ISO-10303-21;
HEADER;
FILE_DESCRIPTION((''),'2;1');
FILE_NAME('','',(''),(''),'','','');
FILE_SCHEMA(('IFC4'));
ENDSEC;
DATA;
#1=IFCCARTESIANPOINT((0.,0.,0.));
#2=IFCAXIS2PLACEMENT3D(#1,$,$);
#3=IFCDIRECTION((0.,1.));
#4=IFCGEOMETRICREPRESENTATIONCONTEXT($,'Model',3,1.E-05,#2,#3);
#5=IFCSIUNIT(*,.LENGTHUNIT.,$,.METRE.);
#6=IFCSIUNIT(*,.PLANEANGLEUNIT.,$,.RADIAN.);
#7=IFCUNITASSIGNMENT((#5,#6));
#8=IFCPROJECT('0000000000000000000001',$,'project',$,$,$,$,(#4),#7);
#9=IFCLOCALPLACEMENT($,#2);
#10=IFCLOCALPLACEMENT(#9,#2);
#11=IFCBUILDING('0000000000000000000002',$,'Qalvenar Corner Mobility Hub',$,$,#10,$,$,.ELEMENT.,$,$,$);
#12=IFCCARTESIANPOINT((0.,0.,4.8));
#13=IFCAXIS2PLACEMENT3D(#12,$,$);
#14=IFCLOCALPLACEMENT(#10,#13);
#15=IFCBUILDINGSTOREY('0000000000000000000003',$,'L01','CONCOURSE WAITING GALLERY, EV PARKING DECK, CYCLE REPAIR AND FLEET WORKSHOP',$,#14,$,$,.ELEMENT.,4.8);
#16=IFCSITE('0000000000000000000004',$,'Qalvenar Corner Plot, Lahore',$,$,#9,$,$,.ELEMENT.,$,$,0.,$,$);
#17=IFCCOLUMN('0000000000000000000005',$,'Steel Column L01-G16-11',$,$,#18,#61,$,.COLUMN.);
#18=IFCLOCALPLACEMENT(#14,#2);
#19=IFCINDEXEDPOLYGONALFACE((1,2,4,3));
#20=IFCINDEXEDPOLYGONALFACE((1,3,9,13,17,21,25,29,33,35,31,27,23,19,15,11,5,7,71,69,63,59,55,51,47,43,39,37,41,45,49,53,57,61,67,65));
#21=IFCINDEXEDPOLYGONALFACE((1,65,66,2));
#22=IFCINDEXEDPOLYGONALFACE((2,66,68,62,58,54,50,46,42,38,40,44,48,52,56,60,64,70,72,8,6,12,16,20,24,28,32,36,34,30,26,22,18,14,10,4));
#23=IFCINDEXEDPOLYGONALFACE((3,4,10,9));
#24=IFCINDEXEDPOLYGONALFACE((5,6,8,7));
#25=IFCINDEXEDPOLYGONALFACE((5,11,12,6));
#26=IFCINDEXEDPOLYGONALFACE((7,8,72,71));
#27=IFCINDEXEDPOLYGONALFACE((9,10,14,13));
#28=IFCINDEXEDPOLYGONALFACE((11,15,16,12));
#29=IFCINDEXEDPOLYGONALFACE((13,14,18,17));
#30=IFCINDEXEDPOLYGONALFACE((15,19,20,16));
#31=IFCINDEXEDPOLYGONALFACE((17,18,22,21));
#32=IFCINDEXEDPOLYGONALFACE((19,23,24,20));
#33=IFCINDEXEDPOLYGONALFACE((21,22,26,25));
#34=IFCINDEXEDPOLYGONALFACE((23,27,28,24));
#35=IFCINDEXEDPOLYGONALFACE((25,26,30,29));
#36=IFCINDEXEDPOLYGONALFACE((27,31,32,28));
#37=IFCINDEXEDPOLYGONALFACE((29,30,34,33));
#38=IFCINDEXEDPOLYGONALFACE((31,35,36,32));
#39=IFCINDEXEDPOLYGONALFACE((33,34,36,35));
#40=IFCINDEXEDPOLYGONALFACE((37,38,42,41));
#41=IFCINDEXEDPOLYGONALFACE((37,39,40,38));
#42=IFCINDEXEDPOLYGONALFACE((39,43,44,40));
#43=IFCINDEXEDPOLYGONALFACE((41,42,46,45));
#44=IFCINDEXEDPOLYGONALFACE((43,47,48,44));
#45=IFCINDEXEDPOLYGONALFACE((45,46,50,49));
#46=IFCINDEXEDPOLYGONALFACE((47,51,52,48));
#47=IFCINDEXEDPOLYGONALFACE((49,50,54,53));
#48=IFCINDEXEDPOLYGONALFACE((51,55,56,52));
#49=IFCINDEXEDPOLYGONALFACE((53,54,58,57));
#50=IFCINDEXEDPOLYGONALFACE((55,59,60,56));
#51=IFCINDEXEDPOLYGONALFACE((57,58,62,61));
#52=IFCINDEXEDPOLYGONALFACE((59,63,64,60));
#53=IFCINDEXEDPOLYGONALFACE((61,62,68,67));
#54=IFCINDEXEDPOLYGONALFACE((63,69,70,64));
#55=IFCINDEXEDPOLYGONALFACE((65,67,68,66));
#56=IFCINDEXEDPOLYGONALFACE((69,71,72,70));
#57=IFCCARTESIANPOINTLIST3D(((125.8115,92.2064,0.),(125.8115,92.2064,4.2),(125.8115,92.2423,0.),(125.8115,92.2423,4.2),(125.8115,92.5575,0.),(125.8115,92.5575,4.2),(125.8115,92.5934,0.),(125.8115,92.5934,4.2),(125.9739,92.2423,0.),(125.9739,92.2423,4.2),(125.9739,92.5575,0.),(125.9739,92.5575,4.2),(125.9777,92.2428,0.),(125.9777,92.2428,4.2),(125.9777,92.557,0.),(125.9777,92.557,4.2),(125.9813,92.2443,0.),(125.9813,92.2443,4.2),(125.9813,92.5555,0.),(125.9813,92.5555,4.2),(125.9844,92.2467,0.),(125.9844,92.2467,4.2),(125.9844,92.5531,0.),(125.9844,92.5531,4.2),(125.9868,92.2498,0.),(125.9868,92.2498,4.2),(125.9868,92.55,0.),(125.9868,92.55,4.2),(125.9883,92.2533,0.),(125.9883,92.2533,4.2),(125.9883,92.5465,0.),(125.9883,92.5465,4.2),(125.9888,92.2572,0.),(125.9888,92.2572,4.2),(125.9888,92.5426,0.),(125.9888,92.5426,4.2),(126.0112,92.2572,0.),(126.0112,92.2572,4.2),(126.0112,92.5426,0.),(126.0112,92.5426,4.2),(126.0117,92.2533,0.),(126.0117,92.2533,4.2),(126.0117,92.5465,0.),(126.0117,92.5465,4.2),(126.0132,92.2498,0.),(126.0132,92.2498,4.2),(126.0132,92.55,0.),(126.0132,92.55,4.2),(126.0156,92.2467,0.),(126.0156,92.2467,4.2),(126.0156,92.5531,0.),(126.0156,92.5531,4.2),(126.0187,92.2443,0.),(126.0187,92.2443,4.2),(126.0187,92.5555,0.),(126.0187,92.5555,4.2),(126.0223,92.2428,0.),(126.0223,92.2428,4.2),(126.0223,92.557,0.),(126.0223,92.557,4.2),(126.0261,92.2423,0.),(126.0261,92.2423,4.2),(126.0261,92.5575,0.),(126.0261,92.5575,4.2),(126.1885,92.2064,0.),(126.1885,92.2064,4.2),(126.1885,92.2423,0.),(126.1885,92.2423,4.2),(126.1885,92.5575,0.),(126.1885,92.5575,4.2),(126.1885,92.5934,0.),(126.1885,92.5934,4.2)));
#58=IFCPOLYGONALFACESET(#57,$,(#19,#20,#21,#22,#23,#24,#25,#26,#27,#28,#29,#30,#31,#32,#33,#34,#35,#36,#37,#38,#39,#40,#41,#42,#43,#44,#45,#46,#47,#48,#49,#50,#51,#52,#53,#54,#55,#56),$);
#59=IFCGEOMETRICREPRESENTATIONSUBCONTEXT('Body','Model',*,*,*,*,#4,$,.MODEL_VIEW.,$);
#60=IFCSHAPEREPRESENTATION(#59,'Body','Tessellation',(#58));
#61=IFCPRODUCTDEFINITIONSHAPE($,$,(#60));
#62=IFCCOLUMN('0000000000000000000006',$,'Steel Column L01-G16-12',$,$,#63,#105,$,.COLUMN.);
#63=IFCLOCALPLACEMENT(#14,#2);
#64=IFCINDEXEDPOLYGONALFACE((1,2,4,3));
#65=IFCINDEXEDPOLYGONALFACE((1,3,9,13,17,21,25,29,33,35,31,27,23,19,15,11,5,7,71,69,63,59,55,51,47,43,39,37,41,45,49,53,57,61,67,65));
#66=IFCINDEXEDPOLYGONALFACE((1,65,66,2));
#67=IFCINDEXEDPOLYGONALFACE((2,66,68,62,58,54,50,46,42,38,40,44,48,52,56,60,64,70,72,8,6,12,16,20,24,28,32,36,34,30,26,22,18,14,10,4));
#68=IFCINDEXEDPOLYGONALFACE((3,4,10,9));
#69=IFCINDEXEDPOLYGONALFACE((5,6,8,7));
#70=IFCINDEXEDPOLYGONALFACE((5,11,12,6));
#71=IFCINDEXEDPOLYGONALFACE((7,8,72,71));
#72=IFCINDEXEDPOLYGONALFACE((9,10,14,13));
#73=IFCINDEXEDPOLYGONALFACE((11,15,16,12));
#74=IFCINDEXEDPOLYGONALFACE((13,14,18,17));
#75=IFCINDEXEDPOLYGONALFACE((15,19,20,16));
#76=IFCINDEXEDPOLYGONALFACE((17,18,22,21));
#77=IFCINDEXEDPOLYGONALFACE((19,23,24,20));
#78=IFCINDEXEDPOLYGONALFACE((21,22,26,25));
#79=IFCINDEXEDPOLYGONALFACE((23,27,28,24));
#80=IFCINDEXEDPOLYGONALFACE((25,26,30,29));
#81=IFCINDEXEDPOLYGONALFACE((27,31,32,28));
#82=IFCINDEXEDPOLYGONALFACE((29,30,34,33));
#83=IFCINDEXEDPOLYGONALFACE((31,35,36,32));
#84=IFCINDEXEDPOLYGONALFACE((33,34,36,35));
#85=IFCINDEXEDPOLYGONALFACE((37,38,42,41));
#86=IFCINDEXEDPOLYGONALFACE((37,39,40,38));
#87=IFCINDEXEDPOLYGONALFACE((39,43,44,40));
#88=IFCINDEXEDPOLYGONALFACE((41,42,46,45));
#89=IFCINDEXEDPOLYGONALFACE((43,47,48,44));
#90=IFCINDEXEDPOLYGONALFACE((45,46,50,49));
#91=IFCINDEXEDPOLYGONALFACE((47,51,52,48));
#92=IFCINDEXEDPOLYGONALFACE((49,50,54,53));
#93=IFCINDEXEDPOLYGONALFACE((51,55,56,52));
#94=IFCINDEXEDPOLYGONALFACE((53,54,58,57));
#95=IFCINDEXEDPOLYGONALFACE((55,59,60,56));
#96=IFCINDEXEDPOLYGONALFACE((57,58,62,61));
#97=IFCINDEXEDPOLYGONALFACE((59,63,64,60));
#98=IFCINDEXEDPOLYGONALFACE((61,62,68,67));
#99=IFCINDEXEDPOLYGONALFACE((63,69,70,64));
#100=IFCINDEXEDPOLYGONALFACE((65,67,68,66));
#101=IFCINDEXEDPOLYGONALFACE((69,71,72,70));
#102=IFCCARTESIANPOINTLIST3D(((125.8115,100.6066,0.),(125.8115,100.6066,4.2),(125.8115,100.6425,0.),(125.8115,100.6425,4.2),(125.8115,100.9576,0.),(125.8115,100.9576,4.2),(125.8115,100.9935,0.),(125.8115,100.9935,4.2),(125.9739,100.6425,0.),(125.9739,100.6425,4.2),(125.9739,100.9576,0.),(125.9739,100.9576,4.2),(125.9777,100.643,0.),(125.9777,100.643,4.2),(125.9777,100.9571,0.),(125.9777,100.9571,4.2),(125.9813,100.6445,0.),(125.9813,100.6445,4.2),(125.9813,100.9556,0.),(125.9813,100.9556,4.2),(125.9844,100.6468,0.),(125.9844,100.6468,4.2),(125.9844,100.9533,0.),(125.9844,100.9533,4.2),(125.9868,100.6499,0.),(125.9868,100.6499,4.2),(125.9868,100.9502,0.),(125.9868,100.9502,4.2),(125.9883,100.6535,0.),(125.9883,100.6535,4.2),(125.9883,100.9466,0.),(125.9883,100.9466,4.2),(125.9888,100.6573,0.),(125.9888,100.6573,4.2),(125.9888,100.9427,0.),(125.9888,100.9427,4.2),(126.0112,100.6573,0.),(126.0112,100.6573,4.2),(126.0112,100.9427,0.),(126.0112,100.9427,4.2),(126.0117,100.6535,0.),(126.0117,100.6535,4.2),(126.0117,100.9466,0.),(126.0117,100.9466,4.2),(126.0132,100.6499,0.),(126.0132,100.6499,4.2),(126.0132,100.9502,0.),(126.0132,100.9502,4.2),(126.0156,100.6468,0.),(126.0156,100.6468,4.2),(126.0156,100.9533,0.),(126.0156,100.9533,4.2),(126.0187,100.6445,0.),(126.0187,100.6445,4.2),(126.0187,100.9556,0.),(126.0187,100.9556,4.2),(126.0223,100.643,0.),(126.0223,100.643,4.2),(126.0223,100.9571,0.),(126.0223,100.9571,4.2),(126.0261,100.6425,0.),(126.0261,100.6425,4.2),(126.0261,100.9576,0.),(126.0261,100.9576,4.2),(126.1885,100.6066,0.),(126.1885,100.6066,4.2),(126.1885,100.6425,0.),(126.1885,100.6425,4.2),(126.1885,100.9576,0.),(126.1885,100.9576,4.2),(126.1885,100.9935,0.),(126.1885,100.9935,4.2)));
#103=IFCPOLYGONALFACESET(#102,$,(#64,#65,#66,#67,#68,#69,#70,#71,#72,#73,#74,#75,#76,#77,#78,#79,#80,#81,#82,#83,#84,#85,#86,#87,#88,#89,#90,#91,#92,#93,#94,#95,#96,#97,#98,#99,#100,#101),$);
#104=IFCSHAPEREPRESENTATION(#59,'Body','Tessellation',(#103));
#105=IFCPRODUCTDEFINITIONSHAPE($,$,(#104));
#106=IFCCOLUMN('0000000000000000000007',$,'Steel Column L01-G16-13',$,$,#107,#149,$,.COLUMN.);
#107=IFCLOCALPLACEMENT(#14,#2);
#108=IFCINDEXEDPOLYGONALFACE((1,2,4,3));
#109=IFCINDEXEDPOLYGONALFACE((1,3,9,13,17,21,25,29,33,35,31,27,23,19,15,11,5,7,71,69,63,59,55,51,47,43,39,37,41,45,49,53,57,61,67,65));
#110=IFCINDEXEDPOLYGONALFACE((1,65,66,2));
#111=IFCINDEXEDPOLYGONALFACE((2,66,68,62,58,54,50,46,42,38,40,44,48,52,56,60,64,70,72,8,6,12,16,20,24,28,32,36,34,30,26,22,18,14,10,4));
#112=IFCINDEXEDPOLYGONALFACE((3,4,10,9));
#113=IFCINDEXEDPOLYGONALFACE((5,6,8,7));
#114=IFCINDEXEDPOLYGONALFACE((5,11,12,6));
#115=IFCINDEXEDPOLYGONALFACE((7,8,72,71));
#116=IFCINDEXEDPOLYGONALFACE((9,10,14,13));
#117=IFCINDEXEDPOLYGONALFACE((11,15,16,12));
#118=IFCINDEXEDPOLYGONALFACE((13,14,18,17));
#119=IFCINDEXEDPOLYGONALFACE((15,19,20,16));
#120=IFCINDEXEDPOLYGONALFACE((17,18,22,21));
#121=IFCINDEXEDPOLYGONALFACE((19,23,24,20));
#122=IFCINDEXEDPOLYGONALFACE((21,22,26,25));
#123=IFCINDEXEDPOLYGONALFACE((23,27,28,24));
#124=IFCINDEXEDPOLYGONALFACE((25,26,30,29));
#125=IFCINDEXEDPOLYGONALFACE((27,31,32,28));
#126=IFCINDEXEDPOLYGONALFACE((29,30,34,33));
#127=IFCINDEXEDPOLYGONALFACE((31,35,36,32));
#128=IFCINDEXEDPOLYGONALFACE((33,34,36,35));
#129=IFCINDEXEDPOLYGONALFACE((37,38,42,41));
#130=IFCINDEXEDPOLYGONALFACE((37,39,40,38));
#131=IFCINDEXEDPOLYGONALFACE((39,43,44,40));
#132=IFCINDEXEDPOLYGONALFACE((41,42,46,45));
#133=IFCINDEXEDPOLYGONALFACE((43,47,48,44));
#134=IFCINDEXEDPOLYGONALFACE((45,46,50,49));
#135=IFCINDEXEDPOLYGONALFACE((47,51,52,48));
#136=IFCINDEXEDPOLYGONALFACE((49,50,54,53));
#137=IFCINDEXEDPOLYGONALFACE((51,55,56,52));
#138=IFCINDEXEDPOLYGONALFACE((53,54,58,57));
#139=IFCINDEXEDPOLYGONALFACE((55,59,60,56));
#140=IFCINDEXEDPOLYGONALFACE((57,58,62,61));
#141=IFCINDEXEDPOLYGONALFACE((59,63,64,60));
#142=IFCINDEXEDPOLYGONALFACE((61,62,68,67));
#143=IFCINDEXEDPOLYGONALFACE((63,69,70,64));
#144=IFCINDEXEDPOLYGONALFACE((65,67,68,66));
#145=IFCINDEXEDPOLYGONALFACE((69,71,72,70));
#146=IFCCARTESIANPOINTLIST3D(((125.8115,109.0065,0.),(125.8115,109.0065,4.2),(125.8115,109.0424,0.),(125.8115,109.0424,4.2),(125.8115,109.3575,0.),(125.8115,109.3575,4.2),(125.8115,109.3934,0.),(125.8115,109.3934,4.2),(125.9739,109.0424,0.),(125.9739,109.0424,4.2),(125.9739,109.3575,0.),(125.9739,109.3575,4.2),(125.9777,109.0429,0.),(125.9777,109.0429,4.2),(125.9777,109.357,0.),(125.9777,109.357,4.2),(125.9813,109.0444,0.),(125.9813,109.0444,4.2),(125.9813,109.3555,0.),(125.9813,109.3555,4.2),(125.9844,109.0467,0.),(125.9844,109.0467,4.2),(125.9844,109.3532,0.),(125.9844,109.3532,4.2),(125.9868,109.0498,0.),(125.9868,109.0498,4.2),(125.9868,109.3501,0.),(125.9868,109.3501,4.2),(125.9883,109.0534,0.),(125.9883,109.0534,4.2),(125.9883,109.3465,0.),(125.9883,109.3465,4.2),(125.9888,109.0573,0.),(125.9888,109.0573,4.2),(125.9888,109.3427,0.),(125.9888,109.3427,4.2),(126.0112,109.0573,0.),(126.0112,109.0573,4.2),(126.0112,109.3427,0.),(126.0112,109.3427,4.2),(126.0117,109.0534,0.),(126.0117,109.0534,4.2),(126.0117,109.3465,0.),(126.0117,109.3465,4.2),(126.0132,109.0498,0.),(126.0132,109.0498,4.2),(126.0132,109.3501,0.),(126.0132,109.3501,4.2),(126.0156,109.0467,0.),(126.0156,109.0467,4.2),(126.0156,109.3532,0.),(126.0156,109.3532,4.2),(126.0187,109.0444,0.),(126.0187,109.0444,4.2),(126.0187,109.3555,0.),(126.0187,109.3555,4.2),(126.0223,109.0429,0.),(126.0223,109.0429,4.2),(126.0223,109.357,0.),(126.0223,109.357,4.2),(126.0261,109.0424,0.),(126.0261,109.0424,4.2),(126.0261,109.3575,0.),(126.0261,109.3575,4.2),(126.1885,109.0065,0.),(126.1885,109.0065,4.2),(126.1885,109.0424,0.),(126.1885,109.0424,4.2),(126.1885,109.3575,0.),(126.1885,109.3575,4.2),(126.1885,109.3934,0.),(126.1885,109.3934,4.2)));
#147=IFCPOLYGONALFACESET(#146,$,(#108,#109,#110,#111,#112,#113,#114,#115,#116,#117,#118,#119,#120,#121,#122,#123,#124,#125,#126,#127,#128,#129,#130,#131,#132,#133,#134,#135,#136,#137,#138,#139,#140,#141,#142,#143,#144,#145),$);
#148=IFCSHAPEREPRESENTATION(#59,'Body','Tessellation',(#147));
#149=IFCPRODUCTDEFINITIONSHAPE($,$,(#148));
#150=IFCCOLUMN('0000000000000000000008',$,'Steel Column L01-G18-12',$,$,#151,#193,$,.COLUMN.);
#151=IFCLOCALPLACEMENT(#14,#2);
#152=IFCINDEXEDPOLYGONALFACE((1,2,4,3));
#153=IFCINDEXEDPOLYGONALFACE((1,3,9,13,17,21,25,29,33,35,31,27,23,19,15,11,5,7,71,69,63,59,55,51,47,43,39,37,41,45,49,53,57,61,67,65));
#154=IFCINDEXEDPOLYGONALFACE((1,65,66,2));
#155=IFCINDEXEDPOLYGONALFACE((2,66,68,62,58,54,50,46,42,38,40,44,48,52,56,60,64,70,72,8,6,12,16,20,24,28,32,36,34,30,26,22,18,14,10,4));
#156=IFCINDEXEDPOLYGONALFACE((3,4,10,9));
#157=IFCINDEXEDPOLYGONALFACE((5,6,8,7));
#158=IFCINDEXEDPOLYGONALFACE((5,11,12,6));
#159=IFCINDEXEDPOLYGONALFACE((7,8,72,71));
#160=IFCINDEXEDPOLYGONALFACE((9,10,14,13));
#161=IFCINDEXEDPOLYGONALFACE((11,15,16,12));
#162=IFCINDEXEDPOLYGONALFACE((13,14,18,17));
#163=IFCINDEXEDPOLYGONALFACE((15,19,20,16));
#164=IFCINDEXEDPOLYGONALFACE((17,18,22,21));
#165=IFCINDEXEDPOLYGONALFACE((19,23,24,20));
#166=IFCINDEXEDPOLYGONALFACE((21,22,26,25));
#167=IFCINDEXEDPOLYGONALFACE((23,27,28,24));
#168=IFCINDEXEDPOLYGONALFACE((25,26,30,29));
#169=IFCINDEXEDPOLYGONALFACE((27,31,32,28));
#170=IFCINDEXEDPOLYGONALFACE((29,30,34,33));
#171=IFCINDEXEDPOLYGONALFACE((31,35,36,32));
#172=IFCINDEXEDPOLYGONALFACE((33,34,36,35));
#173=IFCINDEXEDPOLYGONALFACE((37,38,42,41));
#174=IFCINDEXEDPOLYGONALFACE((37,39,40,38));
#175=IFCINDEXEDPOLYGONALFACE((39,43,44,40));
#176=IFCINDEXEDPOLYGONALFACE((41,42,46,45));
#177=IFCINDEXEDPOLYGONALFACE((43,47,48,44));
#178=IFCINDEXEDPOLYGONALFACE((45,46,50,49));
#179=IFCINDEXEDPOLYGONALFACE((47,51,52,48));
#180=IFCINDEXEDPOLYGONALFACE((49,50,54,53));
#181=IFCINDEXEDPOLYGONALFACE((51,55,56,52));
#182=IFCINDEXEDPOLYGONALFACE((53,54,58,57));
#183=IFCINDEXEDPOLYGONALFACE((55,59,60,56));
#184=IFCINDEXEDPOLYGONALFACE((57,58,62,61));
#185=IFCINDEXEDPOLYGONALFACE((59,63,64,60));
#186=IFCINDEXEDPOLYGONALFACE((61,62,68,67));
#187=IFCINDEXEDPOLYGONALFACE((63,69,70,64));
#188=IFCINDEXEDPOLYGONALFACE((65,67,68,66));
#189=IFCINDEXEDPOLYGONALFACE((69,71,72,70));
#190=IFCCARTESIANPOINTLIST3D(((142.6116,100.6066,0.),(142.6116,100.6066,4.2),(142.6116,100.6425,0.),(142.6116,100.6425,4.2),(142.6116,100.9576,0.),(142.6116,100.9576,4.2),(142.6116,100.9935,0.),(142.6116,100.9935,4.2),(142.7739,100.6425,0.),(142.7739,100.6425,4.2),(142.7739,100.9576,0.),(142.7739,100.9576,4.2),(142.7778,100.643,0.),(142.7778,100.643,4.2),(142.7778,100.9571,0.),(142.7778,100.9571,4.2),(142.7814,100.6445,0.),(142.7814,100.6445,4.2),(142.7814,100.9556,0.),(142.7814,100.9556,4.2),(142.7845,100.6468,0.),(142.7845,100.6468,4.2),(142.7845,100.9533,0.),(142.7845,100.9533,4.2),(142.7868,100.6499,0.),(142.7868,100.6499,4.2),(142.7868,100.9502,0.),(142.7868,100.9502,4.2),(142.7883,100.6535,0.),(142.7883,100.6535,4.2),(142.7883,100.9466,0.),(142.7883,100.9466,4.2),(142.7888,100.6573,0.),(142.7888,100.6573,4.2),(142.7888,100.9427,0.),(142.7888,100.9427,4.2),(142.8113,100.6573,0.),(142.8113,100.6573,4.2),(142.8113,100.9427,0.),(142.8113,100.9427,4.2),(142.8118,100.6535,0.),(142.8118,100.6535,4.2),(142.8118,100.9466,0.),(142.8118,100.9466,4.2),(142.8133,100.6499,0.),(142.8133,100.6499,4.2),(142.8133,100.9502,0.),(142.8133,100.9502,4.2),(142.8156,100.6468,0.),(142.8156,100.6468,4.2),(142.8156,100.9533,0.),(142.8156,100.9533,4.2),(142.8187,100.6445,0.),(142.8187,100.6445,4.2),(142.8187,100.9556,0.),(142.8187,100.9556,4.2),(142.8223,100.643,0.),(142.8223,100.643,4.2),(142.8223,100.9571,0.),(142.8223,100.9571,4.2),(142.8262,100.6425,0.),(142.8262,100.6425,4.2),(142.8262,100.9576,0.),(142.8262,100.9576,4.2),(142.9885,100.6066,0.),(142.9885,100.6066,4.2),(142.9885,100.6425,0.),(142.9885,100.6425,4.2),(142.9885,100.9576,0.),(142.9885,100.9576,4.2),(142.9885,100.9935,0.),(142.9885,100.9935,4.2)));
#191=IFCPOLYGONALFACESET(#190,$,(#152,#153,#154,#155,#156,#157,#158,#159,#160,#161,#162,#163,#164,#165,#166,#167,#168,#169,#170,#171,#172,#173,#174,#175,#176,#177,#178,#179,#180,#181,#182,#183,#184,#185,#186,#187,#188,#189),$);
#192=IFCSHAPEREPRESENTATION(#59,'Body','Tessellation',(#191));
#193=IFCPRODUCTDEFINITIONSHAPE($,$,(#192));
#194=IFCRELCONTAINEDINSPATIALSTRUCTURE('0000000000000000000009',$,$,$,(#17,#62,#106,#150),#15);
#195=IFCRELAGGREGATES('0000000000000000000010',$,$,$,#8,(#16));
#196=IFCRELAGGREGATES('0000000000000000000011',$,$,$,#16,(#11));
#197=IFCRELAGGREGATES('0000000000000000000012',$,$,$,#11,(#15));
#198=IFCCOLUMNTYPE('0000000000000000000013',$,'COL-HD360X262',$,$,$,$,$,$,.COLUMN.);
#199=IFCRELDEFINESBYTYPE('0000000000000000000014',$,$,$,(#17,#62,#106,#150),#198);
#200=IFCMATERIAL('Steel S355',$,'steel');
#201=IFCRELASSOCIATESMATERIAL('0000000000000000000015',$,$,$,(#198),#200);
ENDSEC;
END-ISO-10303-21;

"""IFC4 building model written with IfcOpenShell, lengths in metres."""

from ifc_helpers import new_model, si_unit, direction, frame, origin, origin_2d, place, context, subcontext, project, spatial, i_section, extrude, material, material_profile, profile_set, type_object, element, save


model = new_model("IFC4")

# Units and contexts
model_context = context("Model", 3, precision=1e-05, world=origin(), true_north=direction((0.0, 1.0)))
body_context = subcontext(model_context, "Body", "Model", "MODEL_VIEW")
ifc_project = project(units=[si_unit("LENGTHUNIT", "METRE"), si_unit("PLANEANGLEUNIT", "RADIAN")], contexts=[model_context])

# Site, building, storey
site_placement = place(None, origin())
site = spatial("IfcSite", under=ifc_project, at=site_placement, Name="Qalvenar Corner Plot, Lahore", CompositionType="ELEMENT", RefElevation=0.0)
building_placement = place(site_placement, origin())
building = spatial("IfcBuilding", under=site, at=building_placement, Name="Qalvenar Corner Mobility Hub", CompositionType="ELEMENT")
storey_placement = place(building_placement, frame((0.0, 0.0, 4.8)))
storey = spatial("IfcBuildingStorey", under=building, at=storey_placement, Name="L01", Description="CONCOURSE WAITING GALLERY, EV PARKING DECK, CYCLE REPAIR AND FLEET WORKSHOP", CompositionType="ELEMENT", Elevation=4.8)

# Columns
ifc_material_1 = material(Name="Steel S355", Category="steel")
ifc_material_profile_1 = material_profile(ifc_material_1, i_section(OverallWidth=0.377, OverallDepth=0.387, WebThickness=0.0225, FlangeThickness=0.0359, FilletRadius=0.0149, at=origin_2d()), Name="HD360x262")
ifc_profile_set_1 = profile_set([ifc_material_profile_1], Name="Steel S355")
column_type_1 = type_object("IfcColumnType", Name="COL-HD360X262", PredefinedType="COLUMN", material=ifc_profile_set_1)
for number, where, z_axis, x_axis, name in (
    (1, (126.0, 92.3999, 0.0), (0.0, 0.0, 1.0), (1.0, 0.0, 0.0), "Steel Column L01-G16-11"),
    (2, (126.0, 100.8, 0.0), (0.0, 0.0, 1.0), (1.0, 0.0, 0.0), "Steel Column L01-G16-12"),
    (3, (126.0, 109.2, 0.0), (0.0, 0.0, 1.0), (1.0, 0.0, 0.0), "Steel Column L01-G16-13"),
    (4, (142.8, 100.8, 0.0), (0.0, 0.0, 1.0), (1.0, 0.0, 0.0), "Steel Column L01-G18-12"),
):
    element("IfcColumn", number, at=place(storey_placement, frame(where, z_axis=z_axis, x_axis=x_axis)), inside=storey, type_object=column_type_1, Name=name, PredefinedType="COLUMN", context=body_context, shape_type="SweptSolid", body=[
        extrude(i_section(OverallWidth=0.377, OverallDepth=0.387, WebThickness=0.0225, FlangeThickness=0.0359, FilletRadius=0.0149, at=origin_2d()), origin(), (0.0, 0.0, 1.0), 4.2),
    ])

save(model, "model.ifc")
